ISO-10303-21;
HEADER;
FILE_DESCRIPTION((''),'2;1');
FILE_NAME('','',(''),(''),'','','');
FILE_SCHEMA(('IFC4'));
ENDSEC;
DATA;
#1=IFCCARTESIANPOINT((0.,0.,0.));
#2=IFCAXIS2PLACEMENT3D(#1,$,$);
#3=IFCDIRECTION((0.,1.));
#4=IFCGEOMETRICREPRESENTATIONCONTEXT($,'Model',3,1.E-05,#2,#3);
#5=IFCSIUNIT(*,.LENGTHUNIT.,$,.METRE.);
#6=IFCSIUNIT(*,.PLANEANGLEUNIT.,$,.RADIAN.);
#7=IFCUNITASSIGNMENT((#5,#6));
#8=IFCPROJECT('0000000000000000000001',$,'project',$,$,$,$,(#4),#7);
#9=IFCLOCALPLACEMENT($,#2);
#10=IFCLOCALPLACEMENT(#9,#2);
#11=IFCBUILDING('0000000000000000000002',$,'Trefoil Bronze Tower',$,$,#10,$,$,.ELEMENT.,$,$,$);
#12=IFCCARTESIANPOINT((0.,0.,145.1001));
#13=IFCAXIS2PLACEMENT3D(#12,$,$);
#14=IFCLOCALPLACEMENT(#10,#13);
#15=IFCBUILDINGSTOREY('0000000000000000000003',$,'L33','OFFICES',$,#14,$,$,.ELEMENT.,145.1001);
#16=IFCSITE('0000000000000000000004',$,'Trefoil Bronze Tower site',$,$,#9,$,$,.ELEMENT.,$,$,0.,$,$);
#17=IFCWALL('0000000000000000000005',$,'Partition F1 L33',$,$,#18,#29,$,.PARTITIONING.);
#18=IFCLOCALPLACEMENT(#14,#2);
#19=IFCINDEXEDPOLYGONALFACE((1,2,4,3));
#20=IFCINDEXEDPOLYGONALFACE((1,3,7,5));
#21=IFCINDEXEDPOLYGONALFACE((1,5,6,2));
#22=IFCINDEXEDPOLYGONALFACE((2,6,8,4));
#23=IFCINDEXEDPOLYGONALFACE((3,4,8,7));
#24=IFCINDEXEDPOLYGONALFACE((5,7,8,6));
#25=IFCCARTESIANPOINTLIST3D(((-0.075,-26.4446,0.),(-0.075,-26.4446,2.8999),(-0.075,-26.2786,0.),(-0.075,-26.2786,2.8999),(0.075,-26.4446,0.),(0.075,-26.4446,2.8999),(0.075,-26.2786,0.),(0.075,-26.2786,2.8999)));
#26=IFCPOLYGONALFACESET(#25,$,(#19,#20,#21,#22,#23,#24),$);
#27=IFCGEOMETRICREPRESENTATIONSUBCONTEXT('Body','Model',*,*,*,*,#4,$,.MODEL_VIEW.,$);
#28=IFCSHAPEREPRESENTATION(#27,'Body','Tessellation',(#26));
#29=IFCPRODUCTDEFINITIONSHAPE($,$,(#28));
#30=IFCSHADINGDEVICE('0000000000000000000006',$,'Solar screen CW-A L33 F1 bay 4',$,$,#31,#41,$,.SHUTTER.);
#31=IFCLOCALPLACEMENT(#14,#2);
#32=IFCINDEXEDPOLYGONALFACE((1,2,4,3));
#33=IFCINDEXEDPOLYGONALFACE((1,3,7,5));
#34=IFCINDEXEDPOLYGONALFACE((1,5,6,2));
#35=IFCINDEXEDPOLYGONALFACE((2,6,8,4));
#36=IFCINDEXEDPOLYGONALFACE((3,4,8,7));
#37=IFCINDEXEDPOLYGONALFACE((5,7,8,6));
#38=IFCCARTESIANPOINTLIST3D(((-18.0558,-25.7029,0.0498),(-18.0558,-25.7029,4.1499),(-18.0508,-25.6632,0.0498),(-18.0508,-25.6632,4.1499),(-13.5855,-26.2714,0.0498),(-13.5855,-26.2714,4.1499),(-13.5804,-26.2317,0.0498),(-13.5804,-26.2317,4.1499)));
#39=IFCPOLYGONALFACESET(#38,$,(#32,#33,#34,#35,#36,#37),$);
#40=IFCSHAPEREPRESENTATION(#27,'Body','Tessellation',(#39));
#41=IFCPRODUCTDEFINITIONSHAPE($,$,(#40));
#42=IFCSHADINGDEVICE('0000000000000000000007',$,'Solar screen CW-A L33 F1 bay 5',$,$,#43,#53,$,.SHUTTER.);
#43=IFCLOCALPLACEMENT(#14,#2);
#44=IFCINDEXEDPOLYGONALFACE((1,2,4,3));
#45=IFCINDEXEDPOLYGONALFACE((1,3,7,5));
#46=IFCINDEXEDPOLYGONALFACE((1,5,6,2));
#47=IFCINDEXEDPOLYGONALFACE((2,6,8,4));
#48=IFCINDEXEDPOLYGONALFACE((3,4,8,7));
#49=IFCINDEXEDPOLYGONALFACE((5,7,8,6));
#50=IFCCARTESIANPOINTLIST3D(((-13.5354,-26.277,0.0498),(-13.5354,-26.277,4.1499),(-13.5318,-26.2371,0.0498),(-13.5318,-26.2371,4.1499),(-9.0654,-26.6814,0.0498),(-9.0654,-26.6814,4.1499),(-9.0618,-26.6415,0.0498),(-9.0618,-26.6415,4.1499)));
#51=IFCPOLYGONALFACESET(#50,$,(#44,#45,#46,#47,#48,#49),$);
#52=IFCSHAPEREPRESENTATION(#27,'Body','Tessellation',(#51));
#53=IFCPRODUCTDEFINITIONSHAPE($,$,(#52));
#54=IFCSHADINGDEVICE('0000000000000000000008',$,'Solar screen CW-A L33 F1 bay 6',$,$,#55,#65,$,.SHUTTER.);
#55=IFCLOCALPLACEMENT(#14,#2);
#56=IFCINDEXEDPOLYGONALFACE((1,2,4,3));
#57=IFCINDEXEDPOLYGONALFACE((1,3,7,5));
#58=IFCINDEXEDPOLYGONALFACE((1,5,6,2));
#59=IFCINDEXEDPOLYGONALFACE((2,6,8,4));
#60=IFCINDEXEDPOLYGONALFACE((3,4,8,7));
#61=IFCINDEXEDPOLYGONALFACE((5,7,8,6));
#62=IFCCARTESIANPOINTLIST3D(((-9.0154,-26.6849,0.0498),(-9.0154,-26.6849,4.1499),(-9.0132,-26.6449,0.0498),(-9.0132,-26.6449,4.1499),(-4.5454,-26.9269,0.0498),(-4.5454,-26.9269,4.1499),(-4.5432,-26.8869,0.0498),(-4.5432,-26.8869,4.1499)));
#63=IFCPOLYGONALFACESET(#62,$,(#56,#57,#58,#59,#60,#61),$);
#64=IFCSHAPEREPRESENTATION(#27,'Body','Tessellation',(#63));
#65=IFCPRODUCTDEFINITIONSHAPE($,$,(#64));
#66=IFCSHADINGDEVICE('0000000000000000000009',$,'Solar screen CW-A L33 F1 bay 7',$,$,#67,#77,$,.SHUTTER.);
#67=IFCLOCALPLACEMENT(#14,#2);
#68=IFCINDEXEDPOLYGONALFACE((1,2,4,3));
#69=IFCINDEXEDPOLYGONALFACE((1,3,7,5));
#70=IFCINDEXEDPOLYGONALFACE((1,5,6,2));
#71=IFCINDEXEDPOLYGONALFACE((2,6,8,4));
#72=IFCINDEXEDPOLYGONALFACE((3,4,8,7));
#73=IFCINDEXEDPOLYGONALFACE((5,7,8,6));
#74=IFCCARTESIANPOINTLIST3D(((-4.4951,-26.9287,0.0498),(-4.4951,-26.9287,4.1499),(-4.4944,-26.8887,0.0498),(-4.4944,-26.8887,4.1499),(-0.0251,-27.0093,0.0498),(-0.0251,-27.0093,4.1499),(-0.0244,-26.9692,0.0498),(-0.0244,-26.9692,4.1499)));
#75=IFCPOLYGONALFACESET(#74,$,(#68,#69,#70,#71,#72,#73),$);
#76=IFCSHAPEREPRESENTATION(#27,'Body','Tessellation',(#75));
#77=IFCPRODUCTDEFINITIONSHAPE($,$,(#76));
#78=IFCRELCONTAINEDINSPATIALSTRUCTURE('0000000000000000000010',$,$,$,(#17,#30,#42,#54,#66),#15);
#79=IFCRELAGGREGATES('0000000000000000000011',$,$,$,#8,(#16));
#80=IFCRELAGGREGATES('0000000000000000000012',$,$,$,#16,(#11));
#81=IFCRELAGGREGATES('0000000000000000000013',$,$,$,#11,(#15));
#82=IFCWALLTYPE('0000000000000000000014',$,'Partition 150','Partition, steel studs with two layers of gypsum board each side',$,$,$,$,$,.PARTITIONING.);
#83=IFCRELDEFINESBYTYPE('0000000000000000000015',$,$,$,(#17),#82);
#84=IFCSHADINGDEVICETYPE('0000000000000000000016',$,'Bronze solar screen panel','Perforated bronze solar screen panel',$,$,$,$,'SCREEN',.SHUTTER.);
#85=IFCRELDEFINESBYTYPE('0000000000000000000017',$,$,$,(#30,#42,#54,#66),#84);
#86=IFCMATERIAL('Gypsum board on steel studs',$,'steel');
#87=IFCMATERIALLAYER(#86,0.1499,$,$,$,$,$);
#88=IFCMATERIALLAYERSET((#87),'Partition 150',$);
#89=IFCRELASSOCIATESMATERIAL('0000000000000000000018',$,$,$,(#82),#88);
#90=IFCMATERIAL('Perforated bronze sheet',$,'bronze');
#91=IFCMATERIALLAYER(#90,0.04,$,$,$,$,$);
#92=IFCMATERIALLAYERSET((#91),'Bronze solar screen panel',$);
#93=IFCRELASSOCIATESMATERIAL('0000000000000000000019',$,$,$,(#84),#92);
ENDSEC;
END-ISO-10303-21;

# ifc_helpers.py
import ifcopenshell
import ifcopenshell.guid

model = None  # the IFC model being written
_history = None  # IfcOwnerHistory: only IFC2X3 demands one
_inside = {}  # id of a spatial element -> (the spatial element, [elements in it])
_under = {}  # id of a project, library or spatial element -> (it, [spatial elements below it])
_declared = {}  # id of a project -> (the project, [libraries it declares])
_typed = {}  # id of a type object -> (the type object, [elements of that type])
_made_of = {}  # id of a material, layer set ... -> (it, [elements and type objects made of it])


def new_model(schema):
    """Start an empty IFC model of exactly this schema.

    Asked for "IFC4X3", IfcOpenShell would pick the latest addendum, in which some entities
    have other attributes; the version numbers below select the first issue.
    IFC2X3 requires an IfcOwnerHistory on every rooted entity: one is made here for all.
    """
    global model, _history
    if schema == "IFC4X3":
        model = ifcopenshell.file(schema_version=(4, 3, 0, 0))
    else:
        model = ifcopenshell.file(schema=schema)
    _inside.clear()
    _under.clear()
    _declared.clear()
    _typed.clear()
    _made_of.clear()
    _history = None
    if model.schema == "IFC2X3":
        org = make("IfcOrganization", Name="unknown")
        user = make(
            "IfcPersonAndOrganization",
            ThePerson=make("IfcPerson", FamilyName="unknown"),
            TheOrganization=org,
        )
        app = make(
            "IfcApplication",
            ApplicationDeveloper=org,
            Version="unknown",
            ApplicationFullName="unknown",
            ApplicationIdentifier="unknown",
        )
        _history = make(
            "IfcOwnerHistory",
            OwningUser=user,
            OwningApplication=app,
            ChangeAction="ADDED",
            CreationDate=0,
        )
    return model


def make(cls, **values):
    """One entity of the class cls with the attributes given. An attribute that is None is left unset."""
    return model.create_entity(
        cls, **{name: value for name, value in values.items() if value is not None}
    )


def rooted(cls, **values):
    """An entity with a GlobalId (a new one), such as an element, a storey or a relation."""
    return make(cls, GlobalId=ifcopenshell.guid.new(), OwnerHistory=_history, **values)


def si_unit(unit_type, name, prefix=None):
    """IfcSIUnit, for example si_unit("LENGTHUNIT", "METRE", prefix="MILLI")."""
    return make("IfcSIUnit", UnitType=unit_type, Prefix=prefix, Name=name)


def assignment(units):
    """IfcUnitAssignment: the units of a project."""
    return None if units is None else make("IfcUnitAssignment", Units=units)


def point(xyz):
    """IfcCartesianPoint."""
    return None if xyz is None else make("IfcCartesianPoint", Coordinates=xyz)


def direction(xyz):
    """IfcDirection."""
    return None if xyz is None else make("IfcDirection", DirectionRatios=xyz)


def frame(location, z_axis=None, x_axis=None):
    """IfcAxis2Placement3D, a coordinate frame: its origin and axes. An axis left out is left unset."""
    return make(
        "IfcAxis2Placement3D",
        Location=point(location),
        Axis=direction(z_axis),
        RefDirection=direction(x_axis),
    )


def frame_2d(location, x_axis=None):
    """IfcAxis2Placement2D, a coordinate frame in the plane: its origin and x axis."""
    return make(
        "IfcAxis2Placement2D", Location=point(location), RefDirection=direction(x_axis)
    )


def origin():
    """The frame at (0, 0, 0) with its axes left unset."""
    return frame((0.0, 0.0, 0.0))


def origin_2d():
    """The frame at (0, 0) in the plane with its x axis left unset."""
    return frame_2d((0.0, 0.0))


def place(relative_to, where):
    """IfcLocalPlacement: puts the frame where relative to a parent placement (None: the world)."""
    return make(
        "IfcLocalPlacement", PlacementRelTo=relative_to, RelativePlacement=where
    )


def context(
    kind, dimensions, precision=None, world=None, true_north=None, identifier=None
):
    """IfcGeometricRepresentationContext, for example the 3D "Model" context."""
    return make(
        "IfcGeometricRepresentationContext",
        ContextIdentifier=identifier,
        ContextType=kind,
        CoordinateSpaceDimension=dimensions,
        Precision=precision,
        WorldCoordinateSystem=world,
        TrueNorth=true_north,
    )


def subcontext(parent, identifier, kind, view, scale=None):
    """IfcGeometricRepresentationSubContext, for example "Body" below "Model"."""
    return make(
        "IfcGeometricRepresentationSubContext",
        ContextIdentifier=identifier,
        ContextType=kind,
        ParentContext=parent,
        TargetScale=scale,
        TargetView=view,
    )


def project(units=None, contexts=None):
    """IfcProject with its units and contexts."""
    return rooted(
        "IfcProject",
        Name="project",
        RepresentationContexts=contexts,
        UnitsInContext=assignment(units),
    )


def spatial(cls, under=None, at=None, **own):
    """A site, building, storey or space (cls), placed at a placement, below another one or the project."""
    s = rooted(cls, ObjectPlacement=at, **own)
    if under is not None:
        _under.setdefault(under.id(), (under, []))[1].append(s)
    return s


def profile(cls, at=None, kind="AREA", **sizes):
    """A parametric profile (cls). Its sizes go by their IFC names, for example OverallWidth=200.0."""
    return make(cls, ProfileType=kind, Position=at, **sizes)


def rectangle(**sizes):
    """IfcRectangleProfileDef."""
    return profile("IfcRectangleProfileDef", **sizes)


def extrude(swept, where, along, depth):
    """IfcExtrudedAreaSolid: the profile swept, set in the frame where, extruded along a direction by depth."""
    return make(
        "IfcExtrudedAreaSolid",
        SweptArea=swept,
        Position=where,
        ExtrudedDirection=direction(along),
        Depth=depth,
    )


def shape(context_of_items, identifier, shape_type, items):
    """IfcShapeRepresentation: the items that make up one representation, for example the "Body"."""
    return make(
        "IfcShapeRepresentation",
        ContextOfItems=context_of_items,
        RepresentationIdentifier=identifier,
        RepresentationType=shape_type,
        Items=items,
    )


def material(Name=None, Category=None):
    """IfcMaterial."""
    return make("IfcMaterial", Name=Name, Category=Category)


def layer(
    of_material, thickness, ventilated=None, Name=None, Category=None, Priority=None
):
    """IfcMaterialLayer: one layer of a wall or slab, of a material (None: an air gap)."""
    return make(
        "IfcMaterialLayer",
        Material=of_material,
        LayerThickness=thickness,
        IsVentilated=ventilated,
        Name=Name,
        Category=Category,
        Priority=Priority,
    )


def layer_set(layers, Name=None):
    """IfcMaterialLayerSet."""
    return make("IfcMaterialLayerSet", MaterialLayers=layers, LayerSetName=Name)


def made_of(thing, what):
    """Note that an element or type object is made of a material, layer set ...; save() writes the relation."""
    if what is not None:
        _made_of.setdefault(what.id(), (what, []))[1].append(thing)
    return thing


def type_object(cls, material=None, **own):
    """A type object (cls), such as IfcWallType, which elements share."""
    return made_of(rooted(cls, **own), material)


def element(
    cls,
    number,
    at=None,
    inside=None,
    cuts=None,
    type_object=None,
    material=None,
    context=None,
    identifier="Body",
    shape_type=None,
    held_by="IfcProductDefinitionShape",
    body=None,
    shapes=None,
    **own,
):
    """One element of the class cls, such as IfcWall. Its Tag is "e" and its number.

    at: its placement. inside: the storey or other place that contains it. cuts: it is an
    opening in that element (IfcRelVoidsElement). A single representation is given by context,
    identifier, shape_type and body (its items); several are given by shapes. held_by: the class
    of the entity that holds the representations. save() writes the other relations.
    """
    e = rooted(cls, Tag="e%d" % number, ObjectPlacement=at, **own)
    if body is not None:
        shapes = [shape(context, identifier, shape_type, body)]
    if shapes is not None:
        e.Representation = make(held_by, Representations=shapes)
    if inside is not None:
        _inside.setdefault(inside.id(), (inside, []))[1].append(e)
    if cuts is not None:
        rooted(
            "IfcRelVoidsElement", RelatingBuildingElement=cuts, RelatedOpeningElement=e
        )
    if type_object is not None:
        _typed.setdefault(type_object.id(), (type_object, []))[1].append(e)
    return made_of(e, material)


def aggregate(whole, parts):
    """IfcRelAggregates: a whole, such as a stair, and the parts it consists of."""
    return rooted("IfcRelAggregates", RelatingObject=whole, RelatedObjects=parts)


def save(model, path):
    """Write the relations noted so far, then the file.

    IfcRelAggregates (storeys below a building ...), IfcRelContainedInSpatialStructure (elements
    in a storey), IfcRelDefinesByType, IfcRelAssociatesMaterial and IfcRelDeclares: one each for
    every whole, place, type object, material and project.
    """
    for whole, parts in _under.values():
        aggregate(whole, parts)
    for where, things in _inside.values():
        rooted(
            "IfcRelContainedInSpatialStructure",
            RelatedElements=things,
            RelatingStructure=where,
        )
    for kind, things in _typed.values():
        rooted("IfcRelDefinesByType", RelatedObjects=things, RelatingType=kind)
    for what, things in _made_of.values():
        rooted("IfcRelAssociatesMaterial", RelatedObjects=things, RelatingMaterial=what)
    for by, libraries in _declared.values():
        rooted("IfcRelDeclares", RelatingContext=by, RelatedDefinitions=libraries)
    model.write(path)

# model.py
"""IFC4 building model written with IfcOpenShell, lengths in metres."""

from ifc_helpers import new_model, si_unit, direction, frame, frame_2d, origin, origin_2d, place, context, subcontext, project, spatial, rectangle, extrude, material, layer, layer_set, type_object, element, save


model = new_model("IFC4")

# Units and contexts
model_context = context("Model", 3, precision=1e-05, world=origin(), true_north=direction((0.0, 1.0)))
body_context = subcontext(model_context, "Body", "Model", "MODEL_VIEW")
ifc_project = project(units=[si_unit("LENGTHUNIT", "METRE"), si_unit("PLANEANGLEUNIT", "RADIAN")], contexts=[model_context])

# Site, building, storey
site_placement = place(None, origin())
site = spatial("IfcSite", under=ifc_project, at=site_placement, Name="Trefoil Bronze Tower site", CompositionType="ELEMENT", RefElevation=0.0)
building_placement = place(site_placement, origin())
building = spatial("IfcBuilding", under=site, at=building_placement, Name="Trefoil Bronze Tower", CompositionType="ELEMENT")
storey_placement = place(building_placement, frame((0.0, 0.0, 145.1001)))
storey = spatial("IfcBuildingStorey", under=building, at=storey_placement, Name="L33", Description="OFFICES", CompositionType="ELEMENT", Elevation=145.1001)

# Wall
ifc_material_1 = material(Name="Gypsum board on steel studs", Category="steel")
ifc_layer_1 = layer(ifc_material_1, 0.1499)
ifc_layer_set_1 = layer_set([ifc_layer_1], Name="Partition 150")
wall_type_1 = type_object("IfcWallType", Name="Partition 150", Description="Partition, steel studs with two layers of gypsum board each side", PredefinedType="PARTITIONING", material=ifc_layer_set_1)
wall_1_placement = place(storey_placement, frame((0.0, -26.2786, 0.0), z_axis=(0.0, 0.0, 1.0), x_axis=(0.0, -1.0, 0.0)))
element("IfcWall", 1, at=wall_1_placement, inside=storey, type_object=wall_type_1, Name="Partition F1 L33", PredefinedType="PARTITIONING", context=body_context, shape_type="SweptSolid", body=[
    extrude(rectangle(XDim=0.166, YDim=0.1499, at=frame_2d((0.083, 0.0))), origin(), (0.0, 0.0, 1.0), 2.8999),
])

# Shading devices
ifc_material_2 = material(Name="Perforated bronze sheet", Category="bronze")
ifc_layer_2 = layer(ifc_material_2, 0.04)
ifc_layer_set_2 = layer_set([ifc_layer_2], Name="Bronze solar screen panel")
shading_device_type = type_object("IfcShadingDeviceType", Name="Bronze solar screen panel", Description="Perforated bronze solar screen panel", ElementType="SCREEN", PredefinedType="SHUTTER", material=ifc_layer_set_2)
shading_device_1_placement = place(storey_placement, frame((-15.8181, -25.9673, 0.0498), z_axis=(0.0, 0.0, 1.0), x_axis=(0.992012, -0.126147, 0.0)))
element("IfcShadingDevice", 2, at=shading_device_1_placement, inside=storey, type_object=shading_device_type, Name="Solar screen CW-A L33 F1 bay 4", PredefinedType="SHUTTER", context=body_context, shape_type="SweptSolid", body=[
    extrude(rectangle(XDim=4.5063, YDim=0.04, at=origin_2d()), origin(), (0.0, 0.0, 1.0), 4.1001),
])
shading_device_2_placement = place(storey_placement, frame((-11.2986, -26.4592, 0.0498), z_axis=(0.0, 0.0, 1.0), x_axis=(0.995932, -0.090105, 0.0)))
element("IfcShadingDevice", 3, at=shading_device_2_placement, inside=storey, type_object=shading_device_type, Name="Solar screen CW-A L33 F1 bay 5", PredefinedType="SHUTTER", context=body_context, shape_type="SweptSolid", body=[
    extrude(rectangle(XDim=4.4883, YDim=0.04, at=origin_2d()), origin(), (0.0, 0.0, 1.0), 4.1001),
])
shading_device_3_placement = place(storey_placement, frame((-6.7793, -26.7859, 0.0498), z_axis=(0.0, 0.0, 1.0), x_axis=(0.998538, -0.054063, 0.0)))
element("IfcShadingDevice", 4, at=shading_device_3_placement, inside=storey, type_object=shading_device_type, Name="Solar screen CW-A L33 F1 bay 6", PredefinedType="SHUTTER", context=body_context, shape_type="SweptSolid", body=[
    extrude(rectangle(XDim=4.4766, YDim=0.04, at=origin_2d()), origin(), (0.0, 0.0, 1.0), 4.1001),
])
shading_device_4_placement = place(storey_placement, frame((-2.2598, -26.949, 0.0498), z_axis=(0.0, 0.0, 1.0), x_axis=(0.999838, -0.018021, 0.0)))
element("IfcShadingDevice", 5, at=shading_device_4_placement, inside=storey, type_object=shading_device_type, Name="Solar screen CW-A L33 F1 bay 7", PredefinedType="SHUTTER", context=body_context, shape_type="SweptSolid", body=[
    extrude(rectangle(XDim=4.4707, YDim=0.04, at=origin_2d()), origin(), (0.0, 0.0, 1.0), 4.1001),
])

save(model, "model.ifc")
